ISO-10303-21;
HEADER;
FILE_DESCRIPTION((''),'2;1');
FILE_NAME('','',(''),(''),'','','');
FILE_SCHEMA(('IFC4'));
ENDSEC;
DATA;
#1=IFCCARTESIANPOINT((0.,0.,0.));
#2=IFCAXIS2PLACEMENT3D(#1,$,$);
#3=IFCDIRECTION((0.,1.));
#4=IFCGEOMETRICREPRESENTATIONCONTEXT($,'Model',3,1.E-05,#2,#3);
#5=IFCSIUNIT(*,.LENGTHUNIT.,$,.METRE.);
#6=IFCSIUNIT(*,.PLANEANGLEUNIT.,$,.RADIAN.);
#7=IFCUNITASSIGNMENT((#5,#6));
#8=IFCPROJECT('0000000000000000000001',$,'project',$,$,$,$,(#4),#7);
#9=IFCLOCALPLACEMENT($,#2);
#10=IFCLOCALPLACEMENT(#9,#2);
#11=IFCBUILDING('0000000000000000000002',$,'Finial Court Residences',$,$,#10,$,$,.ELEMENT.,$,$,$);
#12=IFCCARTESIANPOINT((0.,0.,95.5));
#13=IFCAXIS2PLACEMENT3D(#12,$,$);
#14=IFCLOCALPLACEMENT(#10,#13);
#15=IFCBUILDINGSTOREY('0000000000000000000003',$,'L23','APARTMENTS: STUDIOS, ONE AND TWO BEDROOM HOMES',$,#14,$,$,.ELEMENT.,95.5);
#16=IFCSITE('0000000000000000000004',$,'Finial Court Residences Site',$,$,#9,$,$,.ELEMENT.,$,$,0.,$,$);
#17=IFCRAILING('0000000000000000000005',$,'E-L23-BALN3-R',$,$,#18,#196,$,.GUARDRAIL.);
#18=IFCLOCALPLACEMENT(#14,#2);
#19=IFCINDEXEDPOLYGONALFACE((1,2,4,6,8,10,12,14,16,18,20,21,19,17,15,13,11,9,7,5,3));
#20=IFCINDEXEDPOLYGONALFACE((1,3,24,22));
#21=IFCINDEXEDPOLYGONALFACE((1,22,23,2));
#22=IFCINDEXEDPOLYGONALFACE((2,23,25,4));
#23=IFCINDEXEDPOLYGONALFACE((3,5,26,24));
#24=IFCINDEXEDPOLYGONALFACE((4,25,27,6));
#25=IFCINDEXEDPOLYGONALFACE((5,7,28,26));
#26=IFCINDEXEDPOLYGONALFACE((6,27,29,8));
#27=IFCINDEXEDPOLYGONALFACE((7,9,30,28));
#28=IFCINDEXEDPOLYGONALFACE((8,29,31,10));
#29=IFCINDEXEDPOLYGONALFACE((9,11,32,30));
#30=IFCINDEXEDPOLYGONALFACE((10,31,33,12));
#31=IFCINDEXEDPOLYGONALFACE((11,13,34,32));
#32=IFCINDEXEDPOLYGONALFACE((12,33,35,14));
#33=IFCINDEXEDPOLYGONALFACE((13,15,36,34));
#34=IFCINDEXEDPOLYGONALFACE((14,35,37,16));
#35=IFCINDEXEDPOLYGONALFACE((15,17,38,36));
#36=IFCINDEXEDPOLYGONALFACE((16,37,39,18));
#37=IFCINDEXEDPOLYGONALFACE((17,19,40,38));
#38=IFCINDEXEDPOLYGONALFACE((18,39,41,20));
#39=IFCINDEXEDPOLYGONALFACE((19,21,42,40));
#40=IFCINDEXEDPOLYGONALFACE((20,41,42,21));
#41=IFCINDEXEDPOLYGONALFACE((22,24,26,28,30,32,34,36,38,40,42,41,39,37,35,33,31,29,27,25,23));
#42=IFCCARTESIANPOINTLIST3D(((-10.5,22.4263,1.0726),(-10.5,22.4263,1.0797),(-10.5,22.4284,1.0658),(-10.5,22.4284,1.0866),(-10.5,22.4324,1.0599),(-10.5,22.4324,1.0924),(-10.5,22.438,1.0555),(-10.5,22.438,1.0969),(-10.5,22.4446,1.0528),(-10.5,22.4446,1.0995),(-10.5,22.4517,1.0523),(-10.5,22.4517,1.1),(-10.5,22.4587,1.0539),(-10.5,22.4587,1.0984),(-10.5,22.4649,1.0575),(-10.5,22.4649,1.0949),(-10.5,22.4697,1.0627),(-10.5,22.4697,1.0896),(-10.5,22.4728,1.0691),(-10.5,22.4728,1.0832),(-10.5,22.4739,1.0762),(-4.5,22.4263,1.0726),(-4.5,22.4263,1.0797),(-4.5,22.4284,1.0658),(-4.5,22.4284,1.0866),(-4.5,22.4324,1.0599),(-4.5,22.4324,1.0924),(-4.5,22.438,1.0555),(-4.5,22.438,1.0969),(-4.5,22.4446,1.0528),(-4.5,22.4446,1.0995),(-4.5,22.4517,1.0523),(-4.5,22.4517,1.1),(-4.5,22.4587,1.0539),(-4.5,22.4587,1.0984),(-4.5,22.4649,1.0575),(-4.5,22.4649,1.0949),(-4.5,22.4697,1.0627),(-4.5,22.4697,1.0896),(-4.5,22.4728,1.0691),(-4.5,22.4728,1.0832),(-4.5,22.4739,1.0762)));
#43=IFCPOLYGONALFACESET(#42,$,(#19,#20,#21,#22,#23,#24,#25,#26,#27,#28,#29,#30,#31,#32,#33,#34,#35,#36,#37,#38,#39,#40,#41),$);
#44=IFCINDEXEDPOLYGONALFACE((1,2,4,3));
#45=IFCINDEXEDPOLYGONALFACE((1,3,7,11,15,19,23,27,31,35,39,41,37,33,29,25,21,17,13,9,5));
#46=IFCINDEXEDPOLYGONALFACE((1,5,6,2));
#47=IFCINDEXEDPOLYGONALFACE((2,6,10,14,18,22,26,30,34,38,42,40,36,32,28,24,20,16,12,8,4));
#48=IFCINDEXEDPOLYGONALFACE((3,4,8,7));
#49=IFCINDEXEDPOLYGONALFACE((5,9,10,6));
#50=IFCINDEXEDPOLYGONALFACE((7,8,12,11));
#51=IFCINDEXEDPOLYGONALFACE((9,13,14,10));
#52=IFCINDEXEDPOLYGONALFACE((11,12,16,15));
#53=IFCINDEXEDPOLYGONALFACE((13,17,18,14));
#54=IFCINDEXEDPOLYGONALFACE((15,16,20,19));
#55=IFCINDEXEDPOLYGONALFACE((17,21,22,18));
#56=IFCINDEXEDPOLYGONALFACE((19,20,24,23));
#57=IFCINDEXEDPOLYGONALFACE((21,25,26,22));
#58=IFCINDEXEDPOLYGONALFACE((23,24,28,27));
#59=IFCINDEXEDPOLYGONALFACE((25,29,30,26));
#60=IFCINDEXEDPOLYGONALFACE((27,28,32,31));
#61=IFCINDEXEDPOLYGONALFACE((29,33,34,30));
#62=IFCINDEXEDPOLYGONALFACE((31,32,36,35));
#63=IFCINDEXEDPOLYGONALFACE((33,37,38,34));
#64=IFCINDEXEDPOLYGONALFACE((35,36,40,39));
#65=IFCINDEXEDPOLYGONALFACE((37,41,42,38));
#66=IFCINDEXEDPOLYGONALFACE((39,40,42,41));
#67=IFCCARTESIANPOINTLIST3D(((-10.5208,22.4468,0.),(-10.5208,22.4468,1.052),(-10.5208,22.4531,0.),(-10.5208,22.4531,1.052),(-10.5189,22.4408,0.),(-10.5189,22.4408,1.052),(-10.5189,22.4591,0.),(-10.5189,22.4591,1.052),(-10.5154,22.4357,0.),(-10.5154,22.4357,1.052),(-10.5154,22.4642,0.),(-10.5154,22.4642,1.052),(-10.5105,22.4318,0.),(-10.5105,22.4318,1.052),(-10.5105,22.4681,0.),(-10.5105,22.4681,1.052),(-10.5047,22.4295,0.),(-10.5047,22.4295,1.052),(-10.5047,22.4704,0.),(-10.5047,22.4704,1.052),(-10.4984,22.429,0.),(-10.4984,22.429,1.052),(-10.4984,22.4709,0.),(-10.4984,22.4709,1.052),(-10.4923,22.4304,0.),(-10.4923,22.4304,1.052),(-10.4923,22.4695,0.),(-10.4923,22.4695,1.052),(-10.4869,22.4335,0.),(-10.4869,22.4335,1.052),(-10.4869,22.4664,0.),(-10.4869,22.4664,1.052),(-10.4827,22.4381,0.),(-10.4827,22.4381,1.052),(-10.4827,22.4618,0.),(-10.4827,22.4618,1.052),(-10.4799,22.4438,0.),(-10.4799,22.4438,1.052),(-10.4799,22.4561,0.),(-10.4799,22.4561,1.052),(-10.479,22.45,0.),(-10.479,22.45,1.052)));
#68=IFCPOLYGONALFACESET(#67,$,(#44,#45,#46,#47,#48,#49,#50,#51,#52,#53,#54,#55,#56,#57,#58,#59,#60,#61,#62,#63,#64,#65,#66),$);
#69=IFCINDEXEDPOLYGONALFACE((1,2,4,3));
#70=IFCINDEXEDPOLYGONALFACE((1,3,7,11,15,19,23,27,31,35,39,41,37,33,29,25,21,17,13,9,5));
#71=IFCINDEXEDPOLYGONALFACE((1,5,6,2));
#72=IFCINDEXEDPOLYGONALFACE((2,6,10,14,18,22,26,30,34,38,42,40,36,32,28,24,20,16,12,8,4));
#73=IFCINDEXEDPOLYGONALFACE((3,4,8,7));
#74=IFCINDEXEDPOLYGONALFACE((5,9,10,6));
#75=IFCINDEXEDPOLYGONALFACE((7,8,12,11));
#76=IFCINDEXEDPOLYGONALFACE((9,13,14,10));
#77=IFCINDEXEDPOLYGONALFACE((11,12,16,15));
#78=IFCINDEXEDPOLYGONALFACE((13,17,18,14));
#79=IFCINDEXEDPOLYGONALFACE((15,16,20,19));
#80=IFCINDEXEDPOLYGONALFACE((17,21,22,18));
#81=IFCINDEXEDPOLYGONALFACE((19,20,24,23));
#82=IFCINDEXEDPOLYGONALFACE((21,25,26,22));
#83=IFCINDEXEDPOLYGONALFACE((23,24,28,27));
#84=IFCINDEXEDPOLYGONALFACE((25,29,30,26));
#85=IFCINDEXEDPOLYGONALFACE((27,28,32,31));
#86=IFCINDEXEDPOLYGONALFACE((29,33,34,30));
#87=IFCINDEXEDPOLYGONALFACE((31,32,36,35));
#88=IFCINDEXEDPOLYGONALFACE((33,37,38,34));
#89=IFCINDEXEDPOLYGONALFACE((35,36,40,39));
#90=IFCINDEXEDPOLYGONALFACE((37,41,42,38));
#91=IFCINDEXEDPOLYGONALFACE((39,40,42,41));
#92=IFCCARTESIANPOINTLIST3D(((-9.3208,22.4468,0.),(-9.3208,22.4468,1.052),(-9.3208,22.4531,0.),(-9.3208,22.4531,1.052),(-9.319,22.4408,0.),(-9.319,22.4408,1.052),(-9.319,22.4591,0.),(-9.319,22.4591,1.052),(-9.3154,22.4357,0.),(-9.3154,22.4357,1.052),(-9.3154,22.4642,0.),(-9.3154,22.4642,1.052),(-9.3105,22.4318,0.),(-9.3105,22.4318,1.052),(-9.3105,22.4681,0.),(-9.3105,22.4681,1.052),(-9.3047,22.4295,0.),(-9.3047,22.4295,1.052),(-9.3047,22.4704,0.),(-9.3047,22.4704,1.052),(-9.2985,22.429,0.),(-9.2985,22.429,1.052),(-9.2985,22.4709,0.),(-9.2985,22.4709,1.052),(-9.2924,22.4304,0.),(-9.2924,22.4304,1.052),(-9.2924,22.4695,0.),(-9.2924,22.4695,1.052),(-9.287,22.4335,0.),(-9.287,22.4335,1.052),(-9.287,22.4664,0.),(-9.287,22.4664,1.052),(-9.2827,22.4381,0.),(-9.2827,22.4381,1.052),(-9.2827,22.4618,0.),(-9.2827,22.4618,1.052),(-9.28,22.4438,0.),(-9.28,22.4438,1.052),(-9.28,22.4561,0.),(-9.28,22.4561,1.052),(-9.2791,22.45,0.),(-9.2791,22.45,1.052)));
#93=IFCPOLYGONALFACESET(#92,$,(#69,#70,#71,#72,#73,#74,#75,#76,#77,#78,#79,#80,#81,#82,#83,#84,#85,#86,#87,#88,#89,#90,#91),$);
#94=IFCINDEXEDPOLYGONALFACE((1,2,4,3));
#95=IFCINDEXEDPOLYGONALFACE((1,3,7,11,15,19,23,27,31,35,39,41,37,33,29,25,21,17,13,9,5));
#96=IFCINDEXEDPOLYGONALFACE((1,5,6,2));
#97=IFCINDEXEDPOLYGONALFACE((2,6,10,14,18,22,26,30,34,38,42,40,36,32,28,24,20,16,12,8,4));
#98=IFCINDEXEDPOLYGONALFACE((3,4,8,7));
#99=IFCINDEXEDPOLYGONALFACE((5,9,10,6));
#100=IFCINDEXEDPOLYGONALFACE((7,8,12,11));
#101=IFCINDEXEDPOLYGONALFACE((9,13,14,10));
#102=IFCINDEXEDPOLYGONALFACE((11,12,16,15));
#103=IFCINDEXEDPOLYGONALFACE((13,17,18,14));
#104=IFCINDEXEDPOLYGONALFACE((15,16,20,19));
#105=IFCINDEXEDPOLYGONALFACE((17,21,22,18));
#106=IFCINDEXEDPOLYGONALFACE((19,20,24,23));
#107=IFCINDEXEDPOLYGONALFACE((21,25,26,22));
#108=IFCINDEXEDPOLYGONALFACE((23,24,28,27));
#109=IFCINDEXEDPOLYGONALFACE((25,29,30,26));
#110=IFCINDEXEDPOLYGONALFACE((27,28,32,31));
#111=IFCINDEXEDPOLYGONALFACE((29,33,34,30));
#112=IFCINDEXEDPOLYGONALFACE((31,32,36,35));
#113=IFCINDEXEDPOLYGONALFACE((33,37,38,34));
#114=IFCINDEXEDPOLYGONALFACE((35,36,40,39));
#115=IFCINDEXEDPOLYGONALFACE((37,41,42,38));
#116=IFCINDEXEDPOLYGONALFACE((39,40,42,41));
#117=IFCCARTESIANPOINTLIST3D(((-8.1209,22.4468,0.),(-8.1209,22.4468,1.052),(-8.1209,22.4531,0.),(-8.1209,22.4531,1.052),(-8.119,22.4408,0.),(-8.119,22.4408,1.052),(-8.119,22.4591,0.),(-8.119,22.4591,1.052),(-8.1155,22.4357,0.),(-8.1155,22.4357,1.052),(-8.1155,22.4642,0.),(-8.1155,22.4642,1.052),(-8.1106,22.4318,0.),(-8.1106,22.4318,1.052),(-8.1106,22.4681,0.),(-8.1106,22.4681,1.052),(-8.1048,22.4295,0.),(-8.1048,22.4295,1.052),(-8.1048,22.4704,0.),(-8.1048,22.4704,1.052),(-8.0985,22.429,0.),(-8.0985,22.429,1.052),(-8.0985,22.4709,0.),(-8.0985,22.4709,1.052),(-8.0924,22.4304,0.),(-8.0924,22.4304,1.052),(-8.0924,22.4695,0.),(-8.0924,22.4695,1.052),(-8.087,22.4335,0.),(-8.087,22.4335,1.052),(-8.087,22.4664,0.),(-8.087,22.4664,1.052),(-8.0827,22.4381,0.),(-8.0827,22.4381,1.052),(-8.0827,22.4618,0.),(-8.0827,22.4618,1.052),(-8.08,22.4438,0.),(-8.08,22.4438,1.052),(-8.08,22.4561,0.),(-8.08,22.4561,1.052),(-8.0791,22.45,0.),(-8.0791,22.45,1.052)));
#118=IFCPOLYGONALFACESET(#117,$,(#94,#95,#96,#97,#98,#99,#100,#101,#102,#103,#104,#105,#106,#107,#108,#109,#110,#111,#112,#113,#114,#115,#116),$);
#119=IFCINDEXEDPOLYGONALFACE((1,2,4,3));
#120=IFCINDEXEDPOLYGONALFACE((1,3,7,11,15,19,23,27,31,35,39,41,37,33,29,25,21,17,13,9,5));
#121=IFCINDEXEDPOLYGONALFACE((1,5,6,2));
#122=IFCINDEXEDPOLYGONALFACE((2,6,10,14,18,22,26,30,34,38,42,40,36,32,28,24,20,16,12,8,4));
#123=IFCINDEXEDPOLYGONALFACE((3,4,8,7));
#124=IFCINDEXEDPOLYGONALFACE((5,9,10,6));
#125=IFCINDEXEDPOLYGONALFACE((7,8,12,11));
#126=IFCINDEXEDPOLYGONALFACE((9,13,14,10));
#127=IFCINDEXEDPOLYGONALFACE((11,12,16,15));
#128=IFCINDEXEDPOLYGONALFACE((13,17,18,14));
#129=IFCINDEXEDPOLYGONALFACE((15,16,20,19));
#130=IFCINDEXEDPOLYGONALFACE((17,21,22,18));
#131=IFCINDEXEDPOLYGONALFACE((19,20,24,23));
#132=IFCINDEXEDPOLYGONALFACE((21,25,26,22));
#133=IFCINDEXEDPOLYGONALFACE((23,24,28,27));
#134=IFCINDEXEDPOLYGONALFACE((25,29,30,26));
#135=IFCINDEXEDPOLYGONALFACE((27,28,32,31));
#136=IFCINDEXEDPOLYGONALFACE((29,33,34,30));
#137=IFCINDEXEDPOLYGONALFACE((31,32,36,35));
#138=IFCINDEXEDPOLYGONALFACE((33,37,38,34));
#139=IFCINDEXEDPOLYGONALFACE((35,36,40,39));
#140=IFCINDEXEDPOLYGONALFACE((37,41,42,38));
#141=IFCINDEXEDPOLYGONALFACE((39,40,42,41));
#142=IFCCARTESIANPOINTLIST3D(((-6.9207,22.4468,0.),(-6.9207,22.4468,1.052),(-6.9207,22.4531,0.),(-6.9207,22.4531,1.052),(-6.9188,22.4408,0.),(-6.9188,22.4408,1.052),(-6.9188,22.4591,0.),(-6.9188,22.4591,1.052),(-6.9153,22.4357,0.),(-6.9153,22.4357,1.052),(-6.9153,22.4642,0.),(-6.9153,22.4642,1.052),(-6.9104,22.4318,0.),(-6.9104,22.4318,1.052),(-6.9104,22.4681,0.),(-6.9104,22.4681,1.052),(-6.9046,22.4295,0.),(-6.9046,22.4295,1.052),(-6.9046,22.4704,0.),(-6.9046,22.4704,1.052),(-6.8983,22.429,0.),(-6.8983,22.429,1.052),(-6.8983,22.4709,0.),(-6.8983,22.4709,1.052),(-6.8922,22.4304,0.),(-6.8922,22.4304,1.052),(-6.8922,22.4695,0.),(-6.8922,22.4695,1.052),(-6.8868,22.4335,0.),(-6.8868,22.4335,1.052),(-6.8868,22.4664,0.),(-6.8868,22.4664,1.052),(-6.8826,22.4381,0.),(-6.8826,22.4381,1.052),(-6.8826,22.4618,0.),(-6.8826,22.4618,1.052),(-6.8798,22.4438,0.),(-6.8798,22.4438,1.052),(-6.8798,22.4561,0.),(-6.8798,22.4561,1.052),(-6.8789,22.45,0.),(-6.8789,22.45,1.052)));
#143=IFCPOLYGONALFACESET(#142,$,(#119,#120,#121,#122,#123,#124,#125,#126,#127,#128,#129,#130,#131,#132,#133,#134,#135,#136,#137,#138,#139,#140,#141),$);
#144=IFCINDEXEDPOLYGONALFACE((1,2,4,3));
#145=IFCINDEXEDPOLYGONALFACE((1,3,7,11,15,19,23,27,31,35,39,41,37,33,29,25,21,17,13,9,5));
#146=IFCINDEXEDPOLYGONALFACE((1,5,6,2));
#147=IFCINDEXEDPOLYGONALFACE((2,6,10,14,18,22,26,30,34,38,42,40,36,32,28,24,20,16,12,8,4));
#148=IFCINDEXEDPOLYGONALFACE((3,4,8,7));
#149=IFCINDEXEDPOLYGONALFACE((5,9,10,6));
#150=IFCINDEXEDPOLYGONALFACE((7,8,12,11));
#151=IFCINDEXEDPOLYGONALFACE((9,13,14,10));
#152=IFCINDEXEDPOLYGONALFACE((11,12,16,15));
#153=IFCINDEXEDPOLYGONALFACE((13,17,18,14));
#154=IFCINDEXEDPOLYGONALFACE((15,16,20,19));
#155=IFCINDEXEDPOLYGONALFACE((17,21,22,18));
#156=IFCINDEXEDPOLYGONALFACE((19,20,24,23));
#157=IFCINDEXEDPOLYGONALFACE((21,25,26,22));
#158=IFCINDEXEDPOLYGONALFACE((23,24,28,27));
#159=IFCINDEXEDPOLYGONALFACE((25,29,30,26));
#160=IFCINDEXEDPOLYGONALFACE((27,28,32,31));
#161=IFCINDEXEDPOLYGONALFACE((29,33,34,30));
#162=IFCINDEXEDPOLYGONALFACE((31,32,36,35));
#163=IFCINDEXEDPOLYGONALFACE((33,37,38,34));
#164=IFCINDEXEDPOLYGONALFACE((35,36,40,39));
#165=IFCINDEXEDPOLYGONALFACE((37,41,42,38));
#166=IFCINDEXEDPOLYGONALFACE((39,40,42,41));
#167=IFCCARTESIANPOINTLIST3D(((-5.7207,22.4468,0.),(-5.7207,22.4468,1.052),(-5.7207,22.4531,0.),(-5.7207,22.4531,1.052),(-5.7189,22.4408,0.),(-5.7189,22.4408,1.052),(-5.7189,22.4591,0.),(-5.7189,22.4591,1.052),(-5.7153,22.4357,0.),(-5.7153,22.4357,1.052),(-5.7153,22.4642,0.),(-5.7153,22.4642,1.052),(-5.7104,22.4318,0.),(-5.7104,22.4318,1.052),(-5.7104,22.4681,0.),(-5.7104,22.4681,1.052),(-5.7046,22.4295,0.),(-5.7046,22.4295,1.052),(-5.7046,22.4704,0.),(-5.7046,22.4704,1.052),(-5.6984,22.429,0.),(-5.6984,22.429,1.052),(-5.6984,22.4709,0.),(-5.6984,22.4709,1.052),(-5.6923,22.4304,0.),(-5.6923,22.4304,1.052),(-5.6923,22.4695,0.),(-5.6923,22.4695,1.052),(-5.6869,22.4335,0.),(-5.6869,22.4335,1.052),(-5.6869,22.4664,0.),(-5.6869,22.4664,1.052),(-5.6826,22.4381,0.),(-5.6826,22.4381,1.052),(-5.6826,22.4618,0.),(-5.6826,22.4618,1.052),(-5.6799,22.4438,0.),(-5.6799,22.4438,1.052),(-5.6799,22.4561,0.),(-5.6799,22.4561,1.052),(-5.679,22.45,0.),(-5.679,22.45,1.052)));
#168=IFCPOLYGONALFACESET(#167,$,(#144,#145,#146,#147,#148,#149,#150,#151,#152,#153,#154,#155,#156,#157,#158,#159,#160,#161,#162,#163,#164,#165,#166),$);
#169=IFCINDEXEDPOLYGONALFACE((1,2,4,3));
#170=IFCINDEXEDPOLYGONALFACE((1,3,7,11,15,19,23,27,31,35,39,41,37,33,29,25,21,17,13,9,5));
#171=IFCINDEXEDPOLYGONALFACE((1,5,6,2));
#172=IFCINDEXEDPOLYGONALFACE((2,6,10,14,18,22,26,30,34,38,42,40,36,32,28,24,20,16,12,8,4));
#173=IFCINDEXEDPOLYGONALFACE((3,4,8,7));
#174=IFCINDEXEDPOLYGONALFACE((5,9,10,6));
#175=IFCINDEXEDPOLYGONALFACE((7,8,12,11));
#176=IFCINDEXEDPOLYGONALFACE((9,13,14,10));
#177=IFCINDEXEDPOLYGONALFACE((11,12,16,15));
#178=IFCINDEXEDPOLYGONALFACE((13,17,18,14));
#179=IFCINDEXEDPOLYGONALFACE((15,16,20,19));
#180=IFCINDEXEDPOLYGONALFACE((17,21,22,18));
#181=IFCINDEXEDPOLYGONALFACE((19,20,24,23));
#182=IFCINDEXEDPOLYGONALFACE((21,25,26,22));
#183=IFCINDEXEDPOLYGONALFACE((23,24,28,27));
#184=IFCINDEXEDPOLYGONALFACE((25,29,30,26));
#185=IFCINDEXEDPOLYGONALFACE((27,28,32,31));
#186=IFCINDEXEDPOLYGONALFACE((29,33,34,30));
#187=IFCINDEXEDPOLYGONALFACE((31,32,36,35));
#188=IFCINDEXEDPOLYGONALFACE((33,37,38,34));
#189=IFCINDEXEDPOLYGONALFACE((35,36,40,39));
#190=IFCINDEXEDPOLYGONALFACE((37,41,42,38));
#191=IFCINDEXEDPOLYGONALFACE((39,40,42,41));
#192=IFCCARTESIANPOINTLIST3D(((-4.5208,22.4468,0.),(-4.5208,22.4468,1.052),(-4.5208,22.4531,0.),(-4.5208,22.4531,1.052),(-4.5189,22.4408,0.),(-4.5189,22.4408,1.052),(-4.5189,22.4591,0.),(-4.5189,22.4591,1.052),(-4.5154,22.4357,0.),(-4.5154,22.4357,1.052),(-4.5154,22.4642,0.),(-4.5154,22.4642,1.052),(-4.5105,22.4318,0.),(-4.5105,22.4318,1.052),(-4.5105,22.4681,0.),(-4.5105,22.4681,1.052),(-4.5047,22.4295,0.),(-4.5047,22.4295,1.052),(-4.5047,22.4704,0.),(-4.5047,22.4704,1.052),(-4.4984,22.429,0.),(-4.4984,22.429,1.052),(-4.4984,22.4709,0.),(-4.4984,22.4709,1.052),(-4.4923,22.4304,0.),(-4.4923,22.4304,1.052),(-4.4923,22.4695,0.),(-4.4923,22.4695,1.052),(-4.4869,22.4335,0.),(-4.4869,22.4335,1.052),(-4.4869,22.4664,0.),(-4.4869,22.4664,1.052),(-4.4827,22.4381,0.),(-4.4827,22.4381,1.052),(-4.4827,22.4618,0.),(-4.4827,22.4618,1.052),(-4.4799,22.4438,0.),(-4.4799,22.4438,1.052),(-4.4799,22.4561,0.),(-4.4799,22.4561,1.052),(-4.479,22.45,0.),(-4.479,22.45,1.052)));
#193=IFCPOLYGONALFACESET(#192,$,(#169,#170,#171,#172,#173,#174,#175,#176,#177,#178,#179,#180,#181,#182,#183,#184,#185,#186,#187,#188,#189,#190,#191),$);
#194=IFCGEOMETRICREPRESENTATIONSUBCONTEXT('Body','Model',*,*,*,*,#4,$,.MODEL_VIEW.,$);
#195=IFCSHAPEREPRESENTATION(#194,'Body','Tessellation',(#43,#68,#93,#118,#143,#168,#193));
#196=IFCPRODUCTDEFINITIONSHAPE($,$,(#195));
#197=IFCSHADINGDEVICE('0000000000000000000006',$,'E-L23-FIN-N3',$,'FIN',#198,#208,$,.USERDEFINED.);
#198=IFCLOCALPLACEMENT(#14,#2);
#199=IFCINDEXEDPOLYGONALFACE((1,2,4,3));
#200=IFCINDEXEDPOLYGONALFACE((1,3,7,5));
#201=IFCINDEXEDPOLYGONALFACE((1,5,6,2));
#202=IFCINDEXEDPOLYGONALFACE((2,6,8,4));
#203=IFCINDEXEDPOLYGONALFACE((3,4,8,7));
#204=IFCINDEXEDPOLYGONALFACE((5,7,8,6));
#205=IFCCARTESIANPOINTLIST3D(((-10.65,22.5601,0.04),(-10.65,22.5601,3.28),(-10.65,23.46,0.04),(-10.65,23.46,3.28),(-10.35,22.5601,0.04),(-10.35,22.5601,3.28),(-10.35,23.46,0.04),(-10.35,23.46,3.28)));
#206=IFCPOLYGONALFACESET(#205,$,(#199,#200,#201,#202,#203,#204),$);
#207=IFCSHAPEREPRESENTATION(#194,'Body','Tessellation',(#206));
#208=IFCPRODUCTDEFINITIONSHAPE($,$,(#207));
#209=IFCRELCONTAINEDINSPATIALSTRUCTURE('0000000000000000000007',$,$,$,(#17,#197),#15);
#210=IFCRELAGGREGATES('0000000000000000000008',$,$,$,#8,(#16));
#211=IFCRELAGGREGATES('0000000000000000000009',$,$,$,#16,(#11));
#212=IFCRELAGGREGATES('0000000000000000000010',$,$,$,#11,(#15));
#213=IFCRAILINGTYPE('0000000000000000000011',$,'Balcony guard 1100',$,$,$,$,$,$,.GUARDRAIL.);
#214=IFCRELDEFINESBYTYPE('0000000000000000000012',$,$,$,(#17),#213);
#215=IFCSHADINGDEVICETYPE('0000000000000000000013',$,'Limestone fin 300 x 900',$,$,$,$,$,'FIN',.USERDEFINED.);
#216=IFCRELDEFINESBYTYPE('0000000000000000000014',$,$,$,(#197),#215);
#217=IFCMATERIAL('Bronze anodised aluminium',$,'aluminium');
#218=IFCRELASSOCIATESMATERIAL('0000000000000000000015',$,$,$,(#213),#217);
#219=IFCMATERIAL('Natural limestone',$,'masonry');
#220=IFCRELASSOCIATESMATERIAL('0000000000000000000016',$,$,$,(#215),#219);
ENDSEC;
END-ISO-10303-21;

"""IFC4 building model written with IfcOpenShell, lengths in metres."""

from ifc_helpers import new_model, si_unit, direction, frame, origin, origin_2d, place, context, subcontext, project, spatial, rectangle, circle, extrude, material, type_object, element, save


model = new_model("IFC4")

# Units and contexts
model_context = context("Model", 3, precision=1e-05, world=origin(), true_north=direction((0.0, 1.0)))
body_context = subcontext(model_context, "Body", "Model", "MODEL_VIEW")
ifc_project = project(units=[si_unit("LENGTHUNIT", "METRE"), si_unit("PLANEANGLEUNIT", "RADIAN")], contexts=[model_context])

# Site, building, storey
site_placement = place(None, origin())
site = spatial("IfcSite", under=ifc_project, at=site_placement, Name="Finial Court Residences Site", CompositionType="ELEMENT", RefElevation=0.0)
building_placement = place(site_placement, origin())
building = spatial("IfcBuilding", under=site, at=building_placement, Name="Finial Court Residences", CompositionType="ELEMENT")
storey_placement = place(building_placement, frame((0.0, 0.0, 95.5)))
storey = spatial("IfcBuildingStorey", under=building, at=storey_placement, Name="L23", Description="APARTMENTS: STUDIOS, ONE AND TWO BEDROOM HOMES", CompositionType="ELEMENT", Elevation=95.5)

# Shared definitions
ifc_material_1 = material(Name="Natural limestone", Category="masonry")
ifc_material_2 = material(Name="Bronze anodised aluminium", Category="aluminium")

# Railing
railing_type = type_object("IfcRailingType", Name="Balcony guard 1100", PredefinedType="GUARDRAIL", material=ifc_material_2)
railing_1_placement = place(storey_placement, frame((-10.5, 22.45, 0.0)))
element("IfcRailing", 1, at=railing_1_placement, inside=storey, type_object=railing_type, Name="E-L23-BALN3-R", PredefinedType="GUARDRAIL", context=body_context, shape_type="SweptSolid", body=[
    extrude(circle(Radius=0.0239, at=origin_2d()), frame((0.0, 0.0, 1.0762), z_axis=(1.0, 0.0, 0.0), x_axis=(0.0, 1.0, 0.0)), (0.0, 0.0, 1.0), 6.0),
    extrude(circle(Radius=0.021, at=origin_2d()), origin(), (0.0, 0.0, 1.0), 1.052),
    extrude(circle(Radius=0.021, at=origin_2d()), frame((1.2, 0.0, 0.0)), (0.0, 0.0, 1.0), 1.052),
    extrude(circle(Radius=0.021, at=origin_2d()), frame((2.3999, 0.0, 0.0)), (0.0, 0.0, 1.0), 1.052),
    extrude(circle(Radius=0.021, at=origin_2d()), frame((3.6001, 0.0, 0.0)), (0.0, 0.0, 1.0), 1.052),
    extrude(circle(Radius=0.021, at=origin_2d()), frame((4.8, 0.0, 0.0)), (0.0, 0.0, 1.0), 1.052),
    extrude(circle(Radius=0.021, at=origin_2d()), frame((6.0, 0.0, 0.0)), (0.0, 0.0, 1.0), 1.052),
])

# Shading device
shading_device_type = type_object("IfcShadingDeviceType", Name="Limestone fin 300 x 900", ElementType="FIN", PredefinedType="USERDEFINED", material=ifc_material_1)
shading_device_1_placement = place(storey_placement, frame((-10.5, 23.01, 0.04), z_axis=(0.0, 0.0, 1.0), x_axis=(1.0, 0.0, 0.0)))
element("IfcShadingDevice", 2, at=shading_device_1_placement, inside=storey, type_object=shading_device_type, Name="E-L23-FIN-N3", ObjectType="FIN", PredefinedType="USERDEFINED", context=body_context, shape_type="SweptSolid", body=[
    extrude(rectangle(XDim=0.3, YDim=0.8999, at=origin_2d()), origin(), (0.0, 0.0, 1.0), 3.24),
])

save(model, "model.ifc")
